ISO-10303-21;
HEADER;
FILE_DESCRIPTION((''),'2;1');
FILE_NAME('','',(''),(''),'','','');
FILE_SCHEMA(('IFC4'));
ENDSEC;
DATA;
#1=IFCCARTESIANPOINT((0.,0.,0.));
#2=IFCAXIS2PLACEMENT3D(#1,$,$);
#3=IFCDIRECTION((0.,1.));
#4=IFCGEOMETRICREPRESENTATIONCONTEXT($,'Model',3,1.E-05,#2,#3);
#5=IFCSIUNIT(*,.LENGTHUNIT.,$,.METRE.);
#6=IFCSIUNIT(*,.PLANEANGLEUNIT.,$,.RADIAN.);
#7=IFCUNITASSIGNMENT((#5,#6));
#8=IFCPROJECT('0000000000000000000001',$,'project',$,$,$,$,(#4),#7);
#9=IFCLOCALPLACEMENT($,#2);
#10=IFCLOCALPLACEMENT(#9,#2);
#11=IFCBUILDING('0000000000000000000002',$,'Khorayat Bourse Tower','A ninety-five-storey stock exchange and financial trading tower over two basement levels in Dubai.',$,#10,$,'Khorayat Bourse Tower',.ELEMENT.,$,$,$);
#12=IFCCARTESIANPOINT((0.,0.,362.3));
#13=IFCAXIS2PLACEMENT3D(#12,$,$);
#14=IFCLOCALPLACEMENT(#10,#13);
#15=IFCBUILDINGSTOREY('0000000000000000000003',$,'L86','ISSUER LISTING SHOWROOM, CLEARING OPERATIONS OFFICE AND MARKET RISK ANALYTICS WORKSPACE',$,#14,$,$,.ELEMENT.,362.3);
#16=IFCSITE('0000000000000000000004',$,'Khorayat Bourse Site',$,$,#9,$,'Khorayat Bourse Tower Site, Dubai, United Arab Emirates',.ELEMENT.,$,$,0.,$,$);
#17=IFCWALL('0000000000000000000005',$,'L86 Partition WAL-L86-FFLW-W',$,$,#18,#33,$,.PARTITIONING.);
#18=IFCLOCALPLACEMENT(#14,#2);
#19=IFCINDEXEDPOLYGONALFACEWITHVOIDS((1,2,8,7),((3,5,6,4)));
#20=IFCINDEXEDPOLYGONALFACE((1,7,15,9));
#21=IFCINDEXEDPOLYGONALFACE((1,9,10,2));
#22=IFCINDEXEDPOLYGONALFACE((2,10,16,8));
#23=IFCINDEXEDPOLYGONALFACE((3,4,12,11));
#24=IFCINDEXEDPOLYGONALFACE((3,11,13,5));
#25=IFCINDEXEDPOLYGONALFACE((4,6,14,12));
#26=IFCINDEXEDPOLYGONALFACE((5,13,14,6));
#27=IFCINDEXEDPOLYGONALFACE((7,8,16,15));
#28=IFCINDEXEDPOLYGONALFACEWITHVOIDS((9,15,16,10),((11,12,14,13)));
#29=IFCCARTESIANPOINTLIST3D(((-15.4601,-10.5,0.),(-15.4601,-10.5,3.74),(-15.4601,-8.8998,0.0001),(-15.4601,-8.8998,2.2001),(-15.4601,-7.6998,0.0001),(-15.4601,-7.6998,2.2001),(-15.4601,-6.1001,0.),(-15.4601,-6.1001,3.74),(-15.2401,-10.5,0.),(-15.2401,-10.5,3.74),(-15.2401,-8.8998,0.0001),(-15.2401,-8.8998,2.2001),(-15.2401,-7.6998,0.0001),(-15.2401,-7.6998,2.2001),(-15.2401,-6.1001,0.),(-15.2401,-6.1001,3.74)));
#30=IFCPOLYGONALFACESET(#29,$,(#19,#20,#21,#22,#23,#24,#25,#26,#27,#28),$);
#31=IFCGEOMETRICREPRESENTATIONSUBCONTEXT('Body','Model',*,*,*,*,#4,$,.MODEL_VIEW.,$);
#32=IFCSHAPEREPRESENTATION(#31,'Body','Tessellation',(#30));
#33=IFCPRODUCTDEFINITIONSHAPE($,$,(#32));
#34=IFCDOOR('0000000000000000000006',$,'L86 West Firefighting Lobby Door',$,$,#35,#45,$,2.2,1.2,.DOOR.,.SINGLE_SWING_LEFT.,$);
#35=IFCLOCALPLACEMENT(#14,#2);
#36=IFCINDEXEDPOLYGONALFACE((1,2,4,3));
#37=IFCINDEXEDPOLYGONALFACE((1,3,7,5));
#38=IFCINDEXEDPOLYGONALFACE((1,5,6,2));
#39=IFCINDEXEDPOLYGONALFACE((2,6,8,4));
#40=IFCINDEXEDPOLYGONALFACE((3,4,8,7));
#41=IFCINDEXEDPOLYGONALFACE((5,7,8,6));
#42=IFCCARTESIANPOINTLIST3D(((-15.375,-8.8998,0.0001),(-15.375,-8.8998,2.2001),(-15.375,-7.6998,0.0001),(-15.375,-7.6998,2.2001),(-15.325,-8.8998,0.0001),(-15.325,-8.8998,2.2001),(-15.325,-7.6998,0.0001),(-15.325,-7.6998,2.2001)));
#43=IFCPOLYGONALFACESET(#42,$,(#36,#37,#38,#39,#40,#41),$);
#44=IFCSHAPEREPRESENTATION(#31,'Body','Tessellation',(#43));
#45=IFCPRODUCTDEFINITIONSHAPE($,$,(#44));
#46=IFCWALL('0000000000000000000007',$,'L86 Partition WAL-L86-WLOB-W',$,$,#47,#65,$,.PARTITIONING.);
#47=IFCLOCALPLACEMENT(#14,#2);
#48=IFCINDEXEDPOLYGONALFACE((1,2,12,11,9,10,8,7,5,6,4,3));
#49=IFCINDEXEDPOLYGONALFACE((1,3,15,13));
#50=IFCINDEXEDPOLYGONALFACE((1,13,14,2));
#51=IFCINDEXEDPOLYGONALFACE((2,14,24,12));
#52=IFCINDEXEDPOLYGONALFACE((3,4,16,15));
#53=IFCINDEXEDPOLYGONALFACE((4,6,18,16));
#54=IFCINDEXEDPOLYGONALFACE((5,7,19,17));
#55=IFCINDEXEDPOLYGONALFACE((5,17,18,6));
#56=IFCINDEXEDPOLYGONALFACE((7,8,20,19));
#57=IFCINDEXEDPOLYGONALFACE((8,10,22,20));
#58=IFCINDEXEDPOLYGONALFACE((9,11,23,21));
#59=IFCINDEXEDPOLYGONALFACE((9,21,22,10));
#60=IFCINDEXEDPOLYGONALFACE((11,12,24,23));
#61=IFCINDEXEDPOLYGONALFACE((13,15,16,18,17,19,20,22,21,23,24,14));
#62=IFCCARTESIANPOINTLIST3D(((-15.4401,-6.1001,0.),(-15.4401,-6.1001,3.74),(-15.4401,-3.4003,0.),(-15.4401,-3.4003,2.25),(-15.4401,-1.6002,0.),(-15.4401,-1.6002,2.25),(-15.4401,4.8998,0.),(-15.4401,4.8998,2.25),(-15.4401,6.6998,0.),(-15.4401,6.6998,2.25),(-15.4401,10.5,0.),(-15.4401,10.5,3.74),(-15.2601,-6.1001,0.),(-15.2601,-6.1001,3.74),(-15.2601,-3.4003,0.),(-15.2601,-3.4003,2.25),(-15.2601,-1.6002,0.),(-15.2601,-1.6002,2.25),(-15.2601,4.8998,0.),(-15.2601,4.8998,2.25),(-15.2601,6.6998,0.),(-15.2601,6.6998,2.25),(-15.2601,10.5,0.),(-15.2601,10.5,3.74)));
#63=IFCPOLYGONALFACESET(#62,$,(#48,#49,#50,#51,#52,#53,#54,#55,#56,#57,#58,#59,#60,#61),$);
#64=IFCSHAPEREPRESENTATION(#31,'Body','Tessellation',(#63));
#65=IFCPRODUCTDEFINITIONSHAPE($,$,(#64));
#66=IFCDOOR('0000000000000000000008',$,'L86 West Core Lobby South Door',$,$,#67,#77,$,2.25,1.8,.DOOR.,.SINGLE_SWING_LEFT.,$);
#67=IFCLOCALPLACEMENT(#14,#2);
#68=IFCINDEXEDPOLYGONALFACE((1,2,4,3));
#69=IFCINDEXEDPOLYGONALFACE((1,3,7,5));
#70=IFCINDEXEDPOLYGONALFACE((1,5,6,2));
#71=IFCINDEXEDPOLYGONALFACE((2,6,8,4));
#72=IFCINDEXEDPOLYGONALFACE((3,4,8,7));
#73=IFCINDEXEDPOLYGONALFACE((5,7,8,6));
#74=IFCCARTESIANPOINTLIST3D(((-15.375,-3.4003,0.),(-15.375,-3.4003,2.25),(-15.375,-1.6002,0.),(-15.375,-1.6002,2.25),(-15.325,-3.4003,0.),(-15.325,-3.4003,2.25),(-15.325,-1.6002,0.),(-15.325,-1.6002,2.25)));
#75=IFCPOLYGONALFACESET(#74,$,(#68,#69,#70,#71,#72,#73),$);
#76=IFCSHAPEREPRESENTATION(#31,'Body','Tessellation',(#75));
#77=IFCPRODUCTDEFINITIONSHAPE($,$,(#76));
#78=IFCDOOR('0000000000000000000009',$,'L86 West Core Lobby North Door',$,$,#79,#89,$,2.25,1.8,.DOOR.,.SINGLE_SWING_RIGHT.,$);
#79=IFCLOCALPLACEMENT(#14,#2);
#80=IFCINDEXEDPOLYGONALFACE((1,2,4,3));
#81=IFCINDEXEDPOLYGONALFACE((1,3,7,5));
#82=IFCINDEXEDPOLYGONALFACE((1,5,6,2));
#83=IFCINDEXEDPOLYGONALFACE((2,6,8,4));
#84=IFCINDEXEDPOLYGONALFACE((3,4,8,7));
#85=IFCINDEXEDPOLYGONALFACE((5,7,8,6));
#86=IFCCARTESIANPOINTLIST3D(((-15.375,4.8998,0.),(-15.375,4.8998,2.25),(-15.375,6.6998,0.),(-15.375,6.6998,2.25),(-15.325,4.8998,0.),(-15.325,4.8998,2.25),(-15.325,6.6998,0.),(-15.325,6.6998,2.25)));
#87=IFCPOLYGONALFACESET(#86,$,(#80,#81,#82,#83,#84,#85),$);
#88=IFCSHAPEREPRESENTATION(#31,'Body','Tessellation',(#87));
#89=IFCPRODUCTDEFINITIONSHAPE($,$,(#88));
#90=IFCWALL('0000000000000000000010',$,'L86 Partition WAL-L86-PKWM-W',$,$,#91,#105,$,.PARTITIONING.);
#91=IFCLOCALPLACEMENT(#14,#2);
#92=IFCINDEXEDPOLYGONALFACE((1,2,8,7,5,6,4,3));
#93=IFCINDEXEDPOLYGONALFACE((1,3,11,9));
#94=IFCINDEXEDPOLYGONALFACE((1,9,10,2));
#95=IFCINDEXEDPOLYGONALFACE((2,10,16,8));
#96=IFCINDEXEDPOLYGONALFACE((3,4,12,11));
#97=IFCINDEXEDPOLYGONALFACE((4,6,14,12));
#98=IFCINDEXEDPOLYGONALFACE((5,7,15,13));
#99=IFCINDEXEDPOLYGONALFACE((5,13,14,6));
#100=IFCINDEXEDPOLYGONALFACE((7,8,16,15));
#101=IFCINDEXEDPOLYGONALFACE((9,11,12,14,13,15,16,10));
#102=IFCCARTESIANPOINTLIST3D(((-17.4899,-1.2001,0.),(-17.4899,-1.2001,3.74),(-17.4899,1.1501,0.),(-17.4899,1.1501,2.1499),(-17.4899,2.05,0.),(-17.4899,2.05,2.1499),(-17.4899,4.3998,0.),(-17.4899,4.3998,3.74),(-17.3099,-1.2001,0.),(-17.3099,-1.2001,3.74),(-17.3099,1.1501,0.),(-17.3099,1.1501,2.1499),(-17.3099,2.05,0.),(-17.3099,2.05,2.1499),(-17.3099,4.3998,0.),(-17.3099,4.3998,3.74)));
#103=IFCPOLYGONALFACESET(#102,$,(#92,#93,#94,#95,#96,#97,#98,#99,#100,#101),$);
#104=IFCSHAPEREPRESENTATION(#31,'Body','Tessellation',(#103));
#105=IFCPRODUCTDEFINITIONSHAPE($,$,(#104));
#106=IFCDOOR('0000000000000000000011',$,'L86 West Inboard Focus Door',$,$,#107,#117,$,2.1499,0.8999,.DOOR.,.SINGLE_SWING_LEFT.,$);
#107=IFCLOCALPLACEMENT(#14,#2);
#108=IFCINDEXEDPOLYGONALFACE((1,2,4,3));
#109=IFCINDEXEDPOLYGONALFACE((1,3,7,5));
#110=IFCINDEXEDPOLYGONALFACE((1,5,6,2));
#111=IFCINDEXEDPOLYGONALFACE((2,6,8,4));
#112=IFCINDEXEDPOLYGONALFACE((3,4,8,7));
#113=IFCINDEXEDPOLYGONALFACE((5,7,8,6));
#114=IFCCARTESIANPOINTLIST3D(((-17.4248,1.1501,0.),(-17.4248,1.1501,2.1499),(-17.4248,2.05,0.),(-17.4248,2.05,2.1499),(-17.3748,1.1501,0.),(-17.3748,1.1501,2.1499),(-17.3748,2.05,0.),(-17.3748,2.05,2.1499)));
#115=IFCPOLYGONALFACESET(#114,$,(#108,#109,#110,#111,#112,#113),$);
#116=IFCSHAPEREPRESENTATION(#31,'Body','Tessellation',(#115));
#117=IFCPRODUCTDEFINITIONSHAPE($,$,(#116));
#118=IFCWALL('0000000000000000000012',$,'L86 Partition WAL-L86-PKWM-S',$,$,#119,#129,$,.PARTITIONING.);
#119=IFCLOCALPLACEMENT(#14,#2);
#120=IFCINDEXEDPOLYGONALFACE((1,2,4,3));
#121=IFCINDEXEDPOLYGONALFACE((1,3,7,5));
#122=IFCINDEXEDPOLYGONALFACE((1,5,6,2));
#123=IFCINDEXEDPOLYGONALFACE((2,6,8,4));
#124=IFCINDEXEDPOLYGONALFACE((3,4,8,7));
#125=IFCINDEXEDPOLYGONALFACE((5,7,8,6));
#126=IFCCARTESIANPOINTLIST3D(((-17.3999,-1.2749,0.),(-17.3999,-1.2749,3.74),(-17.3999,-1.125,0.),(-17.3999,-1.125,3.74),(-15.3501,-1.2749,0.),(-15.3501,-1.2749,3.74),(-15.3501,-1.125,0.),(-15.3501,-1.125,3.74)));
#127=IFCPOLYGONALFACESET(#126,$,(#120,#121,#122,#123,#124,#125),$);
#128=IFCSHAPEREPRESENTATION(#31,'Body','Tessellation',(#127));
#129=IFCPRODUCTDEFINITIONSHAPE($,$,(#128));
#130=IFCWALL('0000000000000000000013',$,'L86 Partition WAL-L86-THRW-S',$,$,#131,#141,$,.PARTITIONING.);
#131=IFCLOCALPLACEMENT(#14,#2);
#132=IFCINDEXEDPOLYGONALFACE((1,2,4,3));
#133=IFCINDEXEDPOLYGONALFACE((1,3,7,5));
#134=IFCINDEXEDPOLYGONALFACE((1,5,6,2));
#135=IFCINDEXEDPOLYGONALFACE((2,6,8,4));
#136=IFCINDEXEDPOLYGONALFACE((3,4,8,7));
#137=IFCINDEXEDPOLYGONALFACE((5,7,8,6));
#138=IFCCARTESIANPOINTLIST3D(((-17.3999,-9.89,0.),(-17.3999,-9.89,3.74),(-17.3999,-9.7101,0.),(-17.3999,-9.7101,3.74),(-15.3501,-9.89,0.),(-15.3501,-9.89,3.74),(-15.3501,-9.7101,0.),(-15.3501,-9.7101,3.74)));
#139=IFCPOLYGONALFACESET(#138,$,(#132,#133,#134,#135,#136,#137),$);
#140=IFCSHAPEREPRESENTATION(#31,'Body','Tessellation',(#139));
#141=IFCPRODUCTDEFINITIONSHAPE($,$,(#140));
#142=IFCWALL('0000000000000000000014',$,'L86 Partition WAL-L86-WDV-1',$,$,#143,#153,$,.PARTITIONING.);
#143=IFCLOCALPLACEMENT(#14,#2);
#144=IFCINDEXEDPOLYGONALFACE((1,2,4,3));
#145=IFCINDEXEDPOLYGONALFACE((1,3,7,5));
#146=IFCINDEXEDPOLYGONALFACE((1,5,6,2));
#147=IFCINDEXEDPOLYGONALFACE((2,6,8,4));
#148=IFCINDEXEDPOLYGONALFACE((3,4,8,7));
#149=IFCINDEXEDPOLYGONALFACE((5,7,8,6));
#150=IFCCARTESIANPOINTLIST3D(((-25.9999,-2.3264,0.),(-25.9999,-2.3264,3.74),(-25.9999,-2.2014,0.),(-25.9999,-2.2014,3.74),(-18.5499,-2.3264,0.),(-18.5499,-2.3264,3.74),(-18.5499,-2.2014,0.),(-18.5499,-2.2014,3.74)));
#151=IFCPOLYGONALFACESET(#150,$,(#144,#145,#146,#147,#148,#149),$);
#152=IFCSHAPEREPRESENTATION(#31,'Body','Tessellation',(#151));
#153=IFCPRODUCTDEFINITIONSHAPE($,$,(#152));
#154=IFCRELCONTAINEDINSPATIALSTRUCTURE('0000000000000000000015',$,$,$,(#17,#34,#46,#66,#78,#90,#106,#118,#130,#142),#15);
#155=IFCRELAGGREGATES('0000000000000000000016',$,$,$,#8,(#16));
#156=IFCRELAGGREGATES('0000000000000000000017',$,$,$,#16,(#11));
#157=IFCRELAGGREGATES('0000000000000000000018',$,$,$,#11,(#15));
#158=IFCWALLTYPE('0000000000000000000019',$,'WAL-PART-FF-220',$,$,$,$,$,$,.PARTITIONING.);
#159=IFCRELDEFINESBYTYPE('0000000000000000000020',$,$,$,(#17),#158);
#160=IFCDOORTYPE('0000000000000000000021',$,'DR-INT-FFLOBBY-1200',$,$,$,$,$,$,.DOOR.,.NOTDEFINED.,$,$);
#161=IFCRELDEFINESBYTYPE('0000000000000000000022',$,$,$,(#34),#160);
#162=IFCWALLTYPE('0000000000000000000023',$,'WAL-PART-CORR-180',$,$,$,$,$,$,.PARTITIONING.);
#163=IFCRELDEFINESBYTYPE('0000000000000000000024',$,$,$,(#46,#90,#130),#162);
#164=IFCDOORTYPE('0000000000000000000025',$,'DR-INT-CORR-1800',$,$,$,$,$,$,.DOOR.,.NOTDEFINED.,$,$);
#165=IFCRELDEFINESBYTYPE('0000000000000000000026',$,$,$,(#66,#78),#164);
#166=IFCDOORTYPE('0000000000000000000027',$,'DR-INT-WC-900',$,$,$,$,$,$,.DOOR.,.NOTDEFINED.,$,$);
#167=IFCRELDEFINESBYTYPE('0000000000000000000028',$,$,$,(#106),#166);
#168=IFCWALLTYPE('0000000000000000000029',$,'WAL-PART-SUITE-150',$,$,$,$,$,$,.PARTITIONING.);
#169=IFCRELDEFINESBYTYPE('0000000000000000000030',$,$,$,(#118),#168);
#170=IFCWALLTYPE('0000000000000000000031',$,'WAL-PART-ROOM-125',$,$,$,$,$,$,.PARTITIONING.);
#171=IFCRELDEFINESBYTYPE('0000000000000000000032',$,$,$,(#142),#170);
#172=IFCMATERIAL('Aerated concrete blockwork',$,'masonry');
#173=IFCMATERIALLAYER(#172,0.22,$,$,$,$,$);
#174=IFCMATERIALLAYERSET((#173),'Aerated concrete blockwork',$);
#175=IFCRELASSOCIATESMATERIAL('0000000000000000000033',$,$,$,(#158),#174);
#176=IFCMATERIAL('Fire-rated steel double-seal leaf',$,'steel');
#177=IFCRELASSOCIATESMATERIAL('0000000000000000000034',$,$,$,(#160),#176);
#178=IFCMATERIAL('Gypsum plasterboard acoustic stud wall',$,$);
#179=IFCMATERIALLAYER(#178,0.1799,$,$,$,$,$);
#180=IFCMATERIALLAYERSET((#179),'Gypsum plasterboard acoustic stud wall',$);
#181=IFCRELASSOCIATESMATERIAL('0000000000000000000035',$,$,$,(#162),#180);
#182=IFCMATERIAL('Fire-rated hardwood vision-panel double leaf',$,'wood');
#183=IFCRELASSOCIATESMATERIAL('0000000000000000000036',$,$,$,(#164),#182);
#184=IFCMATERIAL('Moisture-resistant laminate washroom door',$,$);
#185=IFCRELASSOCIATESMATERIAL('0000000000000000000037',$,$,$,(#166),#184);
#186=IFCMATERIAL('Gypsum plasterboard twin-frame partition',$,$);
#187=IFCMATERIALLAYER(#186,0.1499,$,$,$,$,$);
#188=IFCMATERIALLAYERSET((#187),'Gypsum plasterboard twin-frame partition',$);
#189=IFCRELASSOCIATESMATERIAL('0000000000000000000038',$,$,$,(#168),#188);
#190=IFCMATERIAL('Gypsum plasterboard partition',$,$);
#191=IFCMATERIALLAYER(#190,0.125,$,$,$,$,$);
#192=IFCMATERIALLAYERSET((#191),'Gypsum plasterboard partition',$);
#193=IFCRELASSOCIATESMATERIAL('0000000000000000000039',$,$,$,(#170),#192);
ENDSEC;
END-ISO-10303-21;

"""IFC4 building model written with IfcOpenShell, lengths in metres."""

from ifc_helpers import new_model, si_unit, direction, frame, frame_2d, origin, place, context, subcontext, project, spatial, rectangle, extrude, source, transform, mapped, material, layer, layer_set, type_object, element, fill, save


model = new_model("IFC4")

# Units and contexts
model_context = context("Model", 3, precision=1e-05, world=origin(), true_north=direction((0.0, 1.0)))
body_context = subcontext(model_context, "Body", "Model", "MODEL_VIEW")
ifc_project = project(units=[si_unit("LENGTHUNIT", "METRE"), si_unit("PLANEANGLEUNIT", "RADIAN")], contexts=[model_context])

# Site, building, storey
site_placement = place(None, origin())
site = spatial("IfcSite", under=ifc_project, at=site_placement, Name="Khorayat Bourse Site", LongName="Khorayat Bourse Tower Site, Dubai, United Arab Emirates", CompositionType="ELEMENT", RefElevation=0.0)
building_placement = place(site_placement, origin())
building = spatial("IfcBuilding", under=site, at=building_placement, Name="Khorayat Bourse Tower", Description="A ninety-five-storey stock exchange and financial trading tower over two basement levels in Dubai.", LongName="Khorayat Bourse Tower", CompositionType="ELEMENT")
storey_placement = place(building_placement, frame((0.0, 0.0, 362.3)))
storey = spatial("IfcBuildingStorey", under=building, at=storey_placement, Name="L86", Description="ISSUER LISTING SHOWROOM, CLEARING OPERATIONS OFFICE AND MARKET RISK ANALYTICS WORKSPACE", CompositionType="ELEMENT", Elevation=362.3)

# Shared definitions
ifc_material_1 = material(Name="Aerated concrete blockwork", Category="masonry")
ifc_layer_1 = layer(ifc_material_1, 0.22)
ifc_layer_set_1 = layer_set([ifc_layer_1], Name="Aerated concrete blockwork")
wall_type_1 = type_object("IfcWallType", Name="WAL-PART-FF-220", PredefinedType="PARTITIONING", material=ifc_layer_set_1)

# Wall, opening, door
shared_shape_1 = source(origin(), body_context, "Body", "SweptSolid", [
    extrude(rectangle(XDim=4.3999, YDim=0.22, at=frame_2d((2.2, 0.0))), origin(), (0.0, 0.0, 1.0), 3.74),
])
wall_1_placement = place(storey_placement, frame((-15.3501, -10.5, 0.0), z_axis=(0.0, 0.0, 1.0), x_axis=(0.0, 1.0, 0.0)))
wall_1 = element("IfcWall", 1, at=wall_1_placement, inside=storey, type_object=wall_type_1, Name="L86 Partition WAL-L86-FFLW-W", PredefinedType="PARTITIONING", context=body_context, shape_type="MappedRepresentation", body=[
    mapped(shared_shape_1, transform((0.0, 0.0, 0.0), scale=1.0)),
])
shared_shape_2 = source(origin(), body_context, "Body", "SweptSolid", [
    extrude(rectangle(XDim=1.2, YDim=2.2, at=frame_2d((0.6001, 1.1001))), frame((0.0, 0.1199, 0.0), z_axis=(0.0, -1.0, 0.0), x_axis=(1.0, 0.0, 0.0)), (0.0, 0.0, 1.0), 0.24),
])
opening_1_placement = place(wall_1_placement, frame((1.6001, 0.0, 0.0)))
opening_1 = element("IfcOpeningElement", 2, at=opening_1_placement, cuts=wall_1, PredefinedType="OPENING", context=body_context, shape_type="MappedRepresentation", body=[
    mapped(shared_shape_2, transform((0.0, 0.0, 0.0), scale=1.0)),
])
ifc_material_2 = material(Name="Fire-rated steel double-seal leaf", Category="steel")
door_type_1 = type_object("IfcDoorType", Name="DR-INT-FFLOBBY-1200", OperationType="NOTDEFINED", PredefinedType="DOOR", material=ifc_material_2)
shared_shape_3 = source(origin(), body_context, "Body", "SweptSolid", [
    extrude(rectangle(XDim=1.2, YDim=2.2, at=frame_2d((0.6001, 1.1001))), frame((0.0, 0.0249, 0.0), z_axis=(0.0, -1.0, 0.0), x_axis=(1.0, 0.0, 0.0)), (0.0, 0.0, 1.0), 0.05),
])
door_1_placement = place(opening_1_placement, origin())
door_1 = element("IfcDoor", 3, at=door_1_placement, inside=storey, type_object=door_type_1, Name="L86 West Firefighting Lobby Door", OperationType="SINGLE_SWING_LEFT", OverallHeight=2.2, OverallWidth=1.2, PredefinedType="DOOR", context=body_context, shape_type="MappedRepresentation", body=[
    mapped(shared_shape_3, transform((0.0, 0.0, 0.0), scale=1.0)),
])
fill(opening_1, door_1)

# Wall, openings, doors
ifc_material_3 = material(Name="Gypsum plasterboard acoustic stud wall")
ifc_layer_2 = layer(ifc_material_3, 0.1799)
ifc_layer_set_2 = layer_set([ifc_layer_2], Name="Gypsum plasterboard acoustic stud wall")
wall_type_2 = type_object("IfcWallType", Name="WAL-PART-CORR-180", PredefinedType="PARTITIONING", material=ifc_layer_set_2)
shared_shape_4 = source(origin(), body_context, "Body", "SweptSolid", [
    extrude(rectangle(XDim=16.6001, YDim=0.1799, at=frame_2d((8.3, 0.0))), origin(), (0.0, 0.0, 1.0), 3.74),
])
wall_2_placement = place(storey_placement, frame((-15.3501, -6.1001, 0.0), z_axis=(0.0, 0.0, 1.0), x_axis=(0.0, 1.0, 0.0)))
wall_2 = element("IfcWall", 4, at=wall_2_placement, inside=storey, type_object=wall_type_2, Name="L86 Partition WAL-L86-WLOB-W", PredefinedType="PARTITIONING", context=body_context, shape_type="MappedRepresentation", body=[
    mapped(shared_shape_4, transform((0.0, 0.0, 0.0), scale=1.0)),
])
shared_shape_5 = source(origin(), body_context, "Body", "SweptSolid", [
    extrude(rectangle(XDim=1.8, YDim=2.25, at=frame_2d((0.8999, 1.125))), frame((0.0, 0.0999, 0.0), z_axis=(0.0, -1.0, 0.0), x_axis=(1.0, 0.0, 0.0)), (0.0, 0.0, 1.0), 0.2),
])
opening_2_placement = place(wall_2_placement, frame((2.7, 0.0, 0.0)))
opening_2 = element("IfcOpeningElement", 5, at=opening_2_placement, cuts=wall_2, PredefinedType="OPENING", context=body_context, shape_type="MappedRepresentation", body=[
    mapped(shared_shape_5, transform((0.0, 0.0, 0.0), scale=1.0)),
])
opening_3_placement = place(wall_2_placement, frame((11.0, 0.0, 0.0)))
opening_3 = element("IfcOpeningElement", 6, at=opening_3_placement, cuts=wall_2, PredefinedType="OPENING", context=body_context, shape_type="MappedRepresentation", body=[
    mapped(shared_shape_5, transform((0.0, 0.0, 0.0), scale=1.0)),
])
ifc_material_4 = material(Name="Fire-rated hardwood vision-panel double leaf", Category="wood")
door_type_2 = type_object("IfcDoorType", Name="DR-INT-CORR-1800", OperationType="NOTDEFINED", PredefinedType="DOOR", material=ifc_material_4)
shared_shape_6 = source(origin(), body_context, "Body", "SweptSolid", [
    extrude(rectangle(XDim=1.8, YDim=2.25, at=frame_2d((0.8999, 1.125))), frame((0.0, 0.0249, 0.0), z_axis=(0.0, -1.0, 0.0), x_axis=(1.0, 0.0, 0.0)), (0.0, 0.0, 1.0), 0.05),
])
door_2_placement = place(opening_2_placement, origin())
door_2 = element("IfcDoor", 7, at=door_2_placement, inside=storey, type_object=door_type_2, Name="L86 West Core Lobby South Door", OperationType="SINGLE_SWING_LEFT", OverallHeight=2.25, OverallWidth=1.8, PredefinedType="DOOR", context=body_context, shape_type="MappedRepresentation", body=[
    mapped(shared_shape_6, transform((0.0, 0.0, 0.0), scale=1.0)),
])
fill(opening_2, door_2)
door_3_placement = place(opening_3_placement, origin())
door_3 = element("IfcDoor", 8, at=door_3_placement, inside=storey, type_object=door_type_2, Name="L86 West Core Lobby North Door", OperationType="SINGLE_SWING_RIGHT", OverallHeight=2.25, OverallWidth=1.8, PredefinedType="DOOR", context=body_context, shape_type="MappedRepresentation", body=[
    mapped(shared_shape_6, transform((0.0, 0.0, 0.0), scale=1.0)),
])
fill(opening_3, door_3)

# Wall, opening, door
shared_shape_7 = source(origin(), body_context, "Body", "SweptSolid", [
    extrude(rectangle(XDim=5.5999, YDim=0.1799, at=frame_2d((2.7998, 0.0))), origin(), (0.0, 0.0, 1.0), 3.74),
])
wall_3_placement = place(storey_placement, frame((-17.3999, -1.2, 0.0), z_axis=(0.0, 0.0, 1.0), x_axis=(0.0, 1.0, 0.0)))
wall_3 = element("IfcWall", 9, at=wall_3_placement, inside=storey, type_object=wall_type_2, Name="L86 Partition WAL-L86-PKWM-W", PredefinedType="PARTITIONING", context=body_context, shape_type="MappedRepresentation", body=[
    mapped(shared_shape_7, transform((0.0, 0.0, 0.0), scale=1.0)),
])
shared_shape_8 = source(origin(), body_context, "Body", "SweptSolid", [
    extrude(rectangle(XDim=0.8999, YDim=2.1499, at=frame_2d((0.45, 1.075))), frame((0.0, 0.0999, 0.0), z_axis=(0.0, -1.0, 0.0), x_axis=(1.0, 0.0, 0.0)), (0.0, 0.0, 1.0), 0.2),
])
opening_4_placement = place(wall_3_placement, frame((2.3501, 0.0, 0.0)))
opening_4 = element("IfcOpeningElement", 10, at=opening_4_placement, cuts=wall_3, PredefinedType="OPENING", context=body_context, shape_type="MappedRepresentation", body=[
    mapped(shared_shape_8, transform((0.0, 0.0, 0.0), scale=1.0)),
])
ifc_material_5 = material(Name="Moisture-resistant laminate washroom door")
door_type_3 = type_object("IfcDoorType", Name="DR-INT-WC-900", OperationType="NOTDEFINED", PredefinedType="DOOR", material=ifc_material_5)
shared_shape_9 = source(origin(), body_context, "Body", "SweptSolid", [
    extrude(rectangle(XDim=0.8999, YDim=2.1499, at=frame_2d((0.45, 1.075))), frame((0.0, 0.0249, 0.0), z_axis=(0.0, -1.0, 0.0), x_axis=(1.0, 0.0, 0.0)), (0.0, 0.0, 1.0), 0.05),
])
door_4_placement = place(opening_4_placement, origin())
door_4 = element("IfcDoor", 11, at=door_4_placement, inside=storey, type_object=door_type_3, Name="L86 West Inboard Focus Door", OperationType="SINGLE_SWING_LEFT", OverallHeight=2.1499, OverallWidth=0.8999, PredefinedType="DOOR", context=body_context, shape_type="MappedRepresentation", body=[
    mapped(shared_shape_9, transform((0.0, 0.0, 0.0), scale=1.0)),
])
fill(opening_4, door_4)

# Walls
ifc_material_6 = material(Name="Gypsum plasterboard twin-frame partition")
ifc_layer_3 = layer(ifc_material_6, 0.1499)
ifc_layer_set_3 = layer_set([ifc_layer_3], Name="Gypsum plasterboard twin-frame partition")
wall_type_3 = type_object("IfcWallType", Name="WAL-PART-SUITE-150", PredefinedType="PARTITIONING", material=ifc_layer_set_3)
shared_shape_10 = source(origin(), body_context, "Body", "SweptSolid", [
    extrude(rectangle(XDim=2.0498, YDim=0.1499, at=frame_2d((1.0249, 0.0))), origin(), (0.0, 0.0, 1.0), 3.74),
])
wall_4_placement = place(storey_placement, frame((-17.3999, -1.2, 0.0), z_axis=(0.0, 0.0, 1.0), x_axis=(1.0, 0.0, 0.0)))
element("IfcWall", 12, at=wall_4_placement, inside=storey, type_object=wall_type_3, Name="L86 Partition WAL-L86-PKWM-S", PredefinedType="PARTITIONING", context=body_context, shape_type="MappedRepresentation", body=[
    mapped(shared_shape_10, transform((0.0, 0.0, 0.0), scale=1.0)),
])
shared_shape_11 = source(origin(), body_context, "Body", "SweptSolid", [
    extrude(rectangle(XDim=2.0498, YDim=0.1799, at=frame_2d((1.0249, 0.0))), origin(), (0.0, 0.0, 1.0), 3.74),
])
wall_5_placement = place(storey_placement, frame((-17.3999, -9.8, 0.0), z_axis=(0.0, 0.0, 1.0), x_axis=(1.0, 0.0, 0.0)))
element("IfcWall", 13, at=wall_5_placement, inside=storey, type_object=wall_type_2, Name="L86 Partition WAL-L86-THRW-S", PredefinedType="PARTITIONING", context=body_context, shape_type="MappedRepresentation", body=[
    mapped(shared_shape_11, transform((0.0, 0.0, 0.0), scale=1.0)),
])
ifc_material_7 = material(Name="Gypsum plasterboard partition")
ifc_layer_4 = layer(ifc_material_7, 0.125)
ifc_layer_set_4 = layer_set([ifc_layer_4], Name="Gypsum plasterboard partition")
wall_type_4 = type_object("IfcWallType", Name="WAL-PART-ROOM-125", PredefinedType="PARTITIONING", material=ifc_layer_set_4)
shared_shape_12 = source(origin(), body_context, "Body", "SweptSolid", [
    extrude(rectangle(XDim=7.45, YDim=0.125, at=frame_2d((3.7251, 0.0))), origin(), (0.0, 0.0, 1.0), 3.74),
])
wall_6_placement = place(storey_placement, frame((-26.0, -2.2639, 0.0), z_axis=(0.0, 0.0, 1.0), x_axis=(1.0, 0.0, 0.0)))
element("IfcWall", 14, at=wall_6_placement, inside=storey, type_object=wall_type_4, Name="L86 Partition WAL-L86-WDV-1", PredefinedType="PARTITIONING", context=body_context, shape_type="MappedRepresentation", body=[
    mapped(shared_shape_12, transform((0.0, 0.0, 0.0), scale=1.0)),
])

save(model, "model.ifc")
